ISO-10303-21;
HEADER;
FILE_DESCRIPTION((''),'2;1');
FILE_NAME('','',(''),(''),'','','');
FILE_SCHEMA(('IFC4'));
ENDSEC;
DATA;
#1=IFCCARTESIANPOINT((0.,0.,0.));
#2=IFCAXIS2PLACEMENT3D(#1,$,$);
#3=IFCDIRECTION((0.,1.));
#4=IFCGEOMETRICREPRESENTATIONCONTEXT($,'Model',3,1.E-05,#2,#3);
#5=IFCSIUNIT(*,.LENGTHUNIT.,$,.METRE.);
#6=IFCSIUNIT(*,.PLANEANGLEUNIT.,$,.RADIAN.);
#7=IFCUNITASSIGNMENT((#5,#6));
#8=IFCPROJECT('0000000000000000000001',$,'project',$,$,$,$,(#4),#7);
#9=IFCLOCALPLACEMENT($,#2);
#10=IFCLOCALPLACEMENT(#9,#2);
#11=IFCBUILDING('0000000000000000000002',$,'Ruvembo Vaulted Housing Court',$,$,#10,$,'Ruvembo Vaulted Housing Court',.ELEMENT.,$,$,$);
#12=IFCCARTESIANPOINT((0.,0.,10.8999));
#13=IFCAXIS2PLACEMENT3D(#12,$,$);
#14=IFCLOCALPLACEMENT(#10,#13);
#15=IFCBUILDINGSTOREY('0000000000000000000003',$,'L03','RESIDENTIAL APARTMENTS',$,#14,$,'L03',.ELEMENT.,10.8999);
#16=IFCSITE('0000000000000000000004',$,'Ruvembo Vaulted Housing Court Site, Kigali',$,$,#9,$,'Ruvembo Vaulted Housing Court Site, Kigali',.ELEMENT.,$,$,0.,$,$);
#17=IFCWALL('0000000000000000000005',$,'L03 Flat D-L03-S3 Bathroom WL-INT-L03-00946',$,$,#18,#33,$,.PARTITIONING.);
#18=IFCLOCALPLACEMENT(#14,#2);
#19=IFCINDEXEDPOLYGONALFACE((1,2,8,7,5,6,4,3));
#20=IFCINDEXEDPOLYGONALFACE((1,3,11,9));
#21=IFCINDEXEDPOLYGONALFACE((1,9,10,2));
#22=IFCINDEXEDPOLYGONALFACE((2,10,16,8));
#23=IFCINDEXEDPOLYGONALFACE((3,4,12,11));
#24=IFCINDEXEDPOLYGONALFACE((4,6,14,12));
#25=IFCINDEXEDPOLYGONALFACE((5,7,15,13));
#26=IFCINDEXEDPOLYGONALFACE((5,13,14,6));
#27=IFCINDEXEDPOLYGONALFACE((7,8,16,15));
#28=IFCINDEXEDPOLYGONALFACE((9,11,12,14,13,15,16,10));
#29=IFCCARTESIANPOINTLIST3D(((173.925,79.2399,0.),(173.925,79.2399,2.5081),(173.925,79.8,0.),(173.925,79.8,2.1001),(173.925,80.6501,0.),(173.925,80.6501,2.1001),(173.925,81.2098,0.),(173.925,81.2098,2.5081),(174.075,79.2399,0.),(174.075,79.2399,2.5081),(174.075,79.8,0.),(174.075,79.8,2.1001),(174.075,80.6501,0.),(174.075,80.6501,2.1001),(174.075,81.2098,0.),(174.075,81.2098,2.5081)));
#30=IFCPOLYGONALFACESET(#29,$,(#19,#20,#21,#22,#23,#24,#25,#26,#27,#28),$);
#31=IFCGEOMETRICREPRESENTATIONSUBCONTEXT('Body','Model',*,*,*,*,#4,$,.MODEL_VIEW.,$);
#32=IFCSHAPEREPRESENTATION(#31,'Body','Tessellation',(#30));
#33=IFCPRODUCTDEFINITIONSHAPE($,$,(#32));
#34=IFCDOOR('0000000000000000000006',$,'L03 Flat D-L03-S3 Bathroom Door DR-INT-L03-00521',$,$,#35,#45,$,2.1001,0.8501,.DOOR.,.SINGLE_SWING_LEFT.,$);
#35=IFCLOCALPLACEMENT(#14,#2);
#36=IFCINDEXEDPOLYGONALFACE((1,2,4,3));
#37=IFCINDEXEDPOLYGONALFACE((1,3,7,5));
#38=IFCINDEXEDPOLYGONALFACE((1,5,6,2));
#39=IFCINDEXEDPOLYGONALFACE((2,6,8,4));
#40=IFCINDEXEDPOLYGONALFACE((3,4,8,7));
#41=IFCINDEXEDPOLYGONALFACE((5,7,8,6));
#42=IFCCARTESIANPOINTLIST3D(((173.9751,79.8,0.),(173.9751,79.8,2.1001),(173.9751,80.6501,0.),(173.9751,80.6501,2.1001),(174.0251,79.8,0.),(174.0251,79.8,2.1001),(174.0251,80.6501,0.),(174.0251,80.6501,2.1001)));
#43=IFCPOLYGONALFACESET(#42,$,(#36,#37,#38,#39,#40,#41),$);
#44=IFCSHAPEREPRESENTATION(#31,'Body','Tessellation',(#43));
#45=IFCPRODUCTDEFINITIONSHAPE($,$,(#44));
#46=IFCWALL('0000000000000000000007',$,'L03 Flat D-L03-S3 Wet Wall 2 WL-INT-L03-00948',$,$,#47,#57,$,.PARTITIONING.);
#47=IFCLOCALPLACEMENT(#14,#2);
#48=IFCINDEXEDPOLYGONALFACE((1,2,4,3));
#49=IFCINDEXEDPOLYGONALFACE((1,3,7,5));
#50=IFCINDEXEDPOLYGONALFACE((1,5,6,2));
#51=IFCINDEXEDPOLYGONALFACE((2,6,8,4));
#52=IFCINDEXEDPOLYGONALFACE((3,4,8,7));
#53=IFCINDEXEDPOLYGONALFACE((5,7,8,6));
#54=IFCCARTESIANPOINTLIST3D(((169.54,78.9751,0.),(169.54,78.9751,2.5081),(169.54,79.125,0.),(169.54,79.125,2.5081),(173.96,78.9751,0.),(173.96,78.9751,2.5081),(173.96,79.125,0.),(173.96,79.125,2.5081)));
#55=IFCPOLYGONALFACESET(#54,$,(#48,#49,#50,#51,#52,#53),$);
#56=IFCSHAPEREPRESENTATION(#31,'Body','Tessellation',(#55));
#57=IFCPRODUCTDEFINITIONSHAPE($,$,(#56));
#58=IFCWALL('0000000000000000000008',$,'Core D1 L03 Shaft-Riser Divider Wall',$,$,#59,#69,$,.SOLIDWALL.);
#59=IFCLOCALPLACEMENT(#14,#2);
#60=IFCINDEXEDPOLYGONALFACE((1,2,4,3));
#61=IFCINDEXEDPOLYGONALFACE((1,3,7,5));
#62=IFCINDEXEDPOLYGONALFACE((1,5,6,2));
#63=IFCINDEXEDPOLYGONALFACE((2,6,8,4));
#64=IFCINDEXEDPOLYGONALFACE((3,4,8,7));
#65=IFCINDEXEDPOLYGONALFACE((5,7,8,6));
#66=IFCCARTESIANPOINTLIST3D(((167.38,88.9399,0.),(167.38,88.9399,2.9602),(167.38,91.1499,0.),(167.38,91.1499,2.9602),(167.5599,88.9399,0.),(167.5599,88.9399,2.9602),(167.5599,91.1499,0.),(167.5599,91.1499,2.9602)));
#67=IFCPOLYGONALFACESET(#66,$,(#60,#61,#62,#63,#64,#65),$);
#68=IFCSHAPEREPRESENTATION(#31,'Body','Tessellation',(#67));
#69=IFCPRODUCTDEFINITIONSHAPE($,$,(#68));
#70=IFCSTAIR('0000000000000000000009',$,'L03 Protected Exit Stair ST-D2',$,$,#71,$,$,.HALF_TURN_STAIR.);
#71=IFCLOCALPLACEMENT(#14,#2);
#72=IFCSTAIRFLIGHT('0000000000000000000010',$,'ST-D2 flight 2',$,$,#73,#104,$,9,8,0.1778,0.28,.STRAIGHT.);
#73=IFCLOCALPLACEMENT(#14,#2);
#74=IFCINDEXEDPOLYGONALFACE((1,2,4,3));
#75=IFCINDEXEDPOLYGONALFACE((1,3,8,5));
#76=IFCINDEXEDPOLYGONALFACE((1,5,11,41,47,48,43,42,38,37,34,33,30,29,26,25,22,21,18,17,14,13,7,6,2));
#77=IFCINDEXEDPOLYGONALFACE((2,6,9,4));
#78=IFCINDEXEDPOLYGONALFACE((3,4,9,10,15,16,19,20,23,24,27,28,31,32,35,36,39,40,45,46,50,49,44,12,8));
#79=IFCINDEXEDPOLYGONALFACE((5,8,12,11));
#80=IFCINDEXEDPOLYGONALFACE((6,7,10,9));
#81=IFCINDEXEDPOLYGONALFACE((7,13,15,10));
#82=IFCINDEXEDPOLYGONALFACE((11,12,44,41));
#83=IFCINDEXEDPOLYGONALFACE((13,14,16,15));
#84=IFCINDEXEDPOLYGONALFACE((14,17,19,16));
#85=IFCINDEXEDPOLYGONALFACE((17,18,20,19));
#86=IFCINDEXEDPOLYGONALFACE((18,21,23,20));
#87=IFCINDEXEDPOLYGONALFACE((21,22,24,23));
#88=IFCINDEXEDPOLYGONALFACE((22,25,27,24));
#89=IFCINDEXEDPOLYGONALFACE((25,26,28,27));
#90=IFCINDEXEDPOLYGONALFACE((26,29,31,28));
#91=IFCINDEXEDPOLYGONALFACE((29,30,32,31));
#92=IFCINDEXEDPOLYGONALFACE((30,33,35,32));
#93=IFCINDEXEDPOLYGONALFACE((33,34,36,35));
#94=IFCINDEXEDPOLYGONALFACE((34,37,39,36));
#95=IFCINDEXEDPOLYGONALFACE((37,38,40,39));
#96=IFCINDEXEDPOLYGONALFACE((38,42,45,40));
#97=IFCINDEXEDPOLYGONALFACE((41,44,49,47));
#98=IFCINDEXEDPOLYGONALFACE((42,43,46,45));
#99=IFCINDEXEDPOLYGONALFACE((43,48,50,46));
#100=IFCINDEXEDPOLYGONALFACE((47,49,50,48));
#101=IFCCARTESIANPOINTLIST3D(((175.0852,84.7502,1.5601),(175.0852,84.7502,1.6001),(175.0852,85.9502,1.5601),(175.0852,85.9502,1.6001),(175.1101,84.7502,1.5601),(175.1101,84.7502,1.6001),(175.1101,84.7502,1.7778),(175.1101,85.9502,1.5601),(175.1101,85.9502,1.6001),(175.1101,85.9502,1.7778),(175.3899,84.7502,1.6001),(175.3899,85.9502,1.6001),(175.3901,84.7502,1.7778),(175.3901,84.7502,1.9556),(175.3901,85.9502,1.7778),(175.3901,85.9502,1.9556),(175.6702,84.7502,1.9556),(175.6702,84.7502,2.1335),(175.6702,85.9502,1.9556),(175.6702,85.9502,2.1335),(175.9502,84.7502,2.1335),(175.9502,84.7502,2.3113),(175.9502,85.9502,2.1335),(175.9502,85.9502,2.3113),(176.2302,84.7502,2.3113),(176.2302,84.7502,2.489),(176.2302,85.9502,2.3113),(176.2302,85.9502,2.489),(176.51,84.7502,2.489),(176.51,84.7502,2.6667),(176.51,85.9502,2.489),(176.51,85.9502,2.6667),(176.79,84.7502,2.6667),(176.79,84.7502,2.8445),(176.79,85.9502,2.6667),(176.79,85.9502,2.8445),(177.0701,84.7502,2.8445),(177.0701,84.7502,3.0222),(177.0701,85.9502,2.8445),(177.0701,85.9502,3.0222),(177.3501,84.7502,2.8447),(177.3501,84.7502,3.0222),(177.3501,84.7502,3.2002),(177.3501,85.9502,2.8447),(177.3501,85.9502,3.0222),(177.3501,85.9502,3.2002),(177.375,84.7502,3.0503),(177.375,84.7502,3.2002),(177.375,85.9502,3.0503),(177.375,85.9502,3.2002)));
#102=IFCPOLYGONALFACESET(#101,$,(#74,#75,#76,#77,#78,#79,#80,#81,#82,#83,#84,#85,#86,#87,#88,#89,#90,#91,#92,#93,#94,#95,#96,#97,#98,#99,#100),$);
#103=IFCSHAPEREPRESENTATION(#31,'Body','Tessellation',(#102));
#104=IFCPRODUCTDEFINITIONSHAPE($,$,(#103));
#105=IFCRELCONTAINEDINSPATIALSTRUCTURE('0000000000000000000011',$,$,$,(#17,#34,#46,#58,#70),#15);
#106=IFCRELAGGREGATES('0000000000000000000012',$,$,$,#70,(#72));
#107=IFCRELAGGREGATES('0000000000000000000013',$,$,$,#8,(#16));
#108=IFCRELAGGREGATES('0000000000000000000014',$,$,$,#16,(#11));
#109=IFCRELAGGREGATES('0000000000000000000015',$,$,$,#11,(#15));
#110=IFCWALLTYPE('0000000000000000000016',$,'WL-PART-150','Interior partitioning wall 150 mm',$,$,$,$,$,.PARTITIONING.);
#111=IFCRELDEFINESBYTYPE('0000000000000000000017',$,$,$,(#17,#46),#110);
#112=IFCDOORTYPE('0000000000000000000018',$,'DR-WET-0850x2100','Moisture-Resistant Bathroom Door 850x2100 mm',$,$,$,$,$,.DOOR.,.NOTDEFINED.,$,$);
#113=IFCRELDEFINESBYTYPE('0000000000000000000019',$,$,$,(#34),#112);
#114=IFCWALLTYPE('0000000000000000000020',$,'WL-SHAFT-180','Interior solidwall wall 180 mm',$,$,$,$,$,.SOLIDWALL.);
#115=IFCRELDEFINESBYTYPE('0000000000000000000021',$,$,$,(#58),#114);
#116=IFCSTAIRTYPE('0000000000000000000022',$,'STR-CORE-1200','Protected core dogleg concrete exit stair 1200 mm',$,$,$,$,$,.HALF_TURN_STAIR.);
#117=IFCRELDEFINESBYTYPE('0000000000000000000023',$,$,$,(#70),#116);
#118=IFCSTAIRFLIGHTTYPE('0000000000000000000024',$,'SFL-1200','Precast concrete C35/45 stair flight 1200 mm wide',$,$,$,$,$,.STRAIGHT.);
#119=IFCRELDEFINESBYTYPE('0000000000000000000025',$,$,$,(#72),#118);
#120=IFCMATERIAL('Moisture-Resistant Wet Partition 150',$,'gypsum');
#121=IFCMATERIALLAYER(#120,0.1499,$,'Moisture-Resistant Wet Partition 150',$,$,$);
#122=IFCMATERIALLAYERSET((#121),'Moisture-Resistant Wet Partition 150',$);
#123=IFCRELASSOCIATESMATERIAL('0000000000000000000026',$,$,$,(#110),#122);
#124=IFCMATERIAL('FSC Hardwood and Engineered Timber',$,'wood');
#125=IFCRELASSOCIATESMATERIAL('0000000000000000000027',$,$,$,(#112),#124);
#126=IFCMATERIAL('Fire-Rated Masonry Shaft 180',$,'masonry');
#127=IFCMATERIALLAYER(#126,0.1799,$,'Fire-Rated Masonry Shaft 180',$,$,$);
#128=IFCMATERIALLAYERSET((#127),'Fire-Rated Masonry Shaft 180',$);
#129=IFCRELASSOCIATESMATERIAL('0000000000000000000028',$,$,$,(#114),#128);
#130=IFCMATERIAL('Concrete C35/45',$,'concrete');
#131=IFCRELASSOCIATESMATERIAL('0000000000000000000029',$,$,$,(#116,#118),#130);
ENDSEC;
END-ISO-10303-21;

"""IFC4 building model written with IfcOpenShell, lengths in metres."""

from ifc_helpers import new_model, si_unit, direction, frame, frame_2d, origin, place, context, subcontext, project, spatial, polyline, rectangle, outline, extrude, material, layer, layer_set, type_object, element, fill, aggregate, save


model = new_model("IFC4")

# Units and contexts
model_context = context("Model", 3, precision=1e-05, world=origin(), true_north=direction((0.0, 1.0)))
body_context = subcontext(model_context, "Body", "Model", "MODEL_VIEW")
ifc_project = project(units=[si_unit("LENGTHUNIT", "METRE"), si_unit("PLANEANGLEUNIT", "RADIAN")], contexts=[model_context])

# Site, building, storey
site_placement = place(None, origin())
site = spatial("IfcSite", under=ifc_project, at=site_placement, Name="Ruvembo Vaulted Housing Court Site, Kigali", LongName="Ruvembo Vaulted Housing Court Site, Kigali", CompositionType="ELEMENT", RefElevation=0.0)
building_placement = place(site_placement, origin())
building = spatial("IfcBuilding", under=site, at=building_placement, Name="Ruvembo Vaulted Housing Court", LongName="Ruvembo Vaulted Housing Court", CompositionType="ELEMENT")
storey_placement = place(building_placement, frame((0.0, 0.0, 10.8999)))
storey = spatial("IfcBuildingStorey", under=building, at=storey_placement, Name="L03", Description="RESIDENTIAL APARTMENTS", LongName="L03", CompositionType="ELEMENT", Elevation=10.8999)

# Shared definitions
ifc_material_1 = material(Name="Concrete C35/45", Category="concrete")

# Wall, opening, door
ifc_material_2 = material(Name="FSC Hardwood and Engineered Timber", Category="wood")
ifc_material_3 = material(Name="Moisture-Resistant Wet Partition 150", Category="gypsum")
ifc_layer_1 = layer(ifc_material_3, 0.1499, Name="Moisture-Resistant Wet Partition 150")
ifc_layer_set_1 = layer_set([ifc_layer_1], Name="Moisture-Resistant Wet Partition 150")
wall_type_1 = type_object("IfcWallType", Name="WL-PART-150", Description="Interior partitioning wall 150 mm", PredefinedType="PARTITIONING", material=ifc_layer_set_1)
wall_1_placement = place(storey_placement, frame((174.0, 79.24, 0.0), z_axis=(0.0, 0.0, 1.0), x_axis=(0.0, 1.0, 0.0)))
wall_1 = element("IfcWall", 1, at=wall_1_placement, inside=storey, type_object=wall_type_1, Name="L03 Flat D-L03-S3 Bathroom WL-INT-L03-00946", PredefinedType="PARTITIONING", context=body_context, shape_type="SweptSolid", body=[
    extrude(rectangle(XDim=1.97, YDim=0.1499, at=frame_2d((0.9849, 0.0))), origin(), (0.0, 0.0, 1.0), 2.5081),
])
opening_1_placement = place(wall_1_placement, frame((0.5601, 0.0, 0.0)))
opening_1 = element("IfcOpeningElement", 2, at=opening_1_placement, cuts=wall_1, PredefinedType="OPENING", context=body_context, shape_type="SweptSolid", body=[
    extrude(rectangle(XDim=0.8501, YDim=2.1001, at=frame_2d((0.425, 1.05))), frame((0.0, 0.085, 0.0), z_axis=(0.0, -1.0, 0.0), x_axis=(1.0, 0.0, 0.0)), (0.0, 0.0, 1.0), 0.1699),
])
door_type_1 = type_object("IfcDoorType", Name="DR-WET-0850x2100", Description="Moisture-Resistant Bathroom Door 850x2100 mm", OperationType="NOTDEFINED", PredefinedType="DOOR", material=ifc_material_2)
door_1_placement = place(opening_1_placement, origin())
door_1 = element("IfcDoor", 3, at=door_1_placement, inside=storey, type_object=door_type_1, Name="L03 Flat D-L03-S3 Bathroom Door DR-INT-L03-00521", OperationType="SINGLE_SWING_LEFT", OverallHeight=2.1001, OverallWidth=0.8501, PredefinedType="DOOR", context=body_context, shape_type="SweptSolid", body=[
    extrude(rectangle(XDim=0.8501, YDim=2.1001, at=frame_2d((0.425, 1.05))), frame((0.0, 0.0249, 0.0), z_axis=(0.0, -1.0, 0.0), x_axis=(1.0, 0.0, 0.0)), (0.0, 0.0, 1.0), 0.05),
])
fill(opening_1, door_1)

# Walls
wall_2_placement = place(storey_placement, frame((169.54, 79.05, 0.0), z_axis=(0.0, 0.0, 1.0), x_axis=(1.0, 0.0, 0.0)))
element("IfcWall", 4, at=wall_2_placement, inside=storey, type_object=wall_type_1, Name="L03 Flat D-L03-S3 Wet Wall 2 WL-INT-L03-00948", PredefinedType="PARTITIONING", context=body_context, shape_type="SweptSolid", body=[
    extrude(rectangle(XDim=4.4199, YDim=0.1499, at=frame_2d((2.21, 0.0))), origin(), (0.0, 0.0, 1.0), 2.5081),
])
ifc_material_4 = material(Name="Fire-Rated Masonry Shaft 180", Category="masonry")
ifc_layer_2 = layer(ifc_material_4, 0.1799, Name="Fire-Rated Masonry Shaft 180")
ifc_layer_set_2 = layer_set([ifc_layer_2], Name="Fire-Rated Masonry Shaft 180")
wall_type_2 = type_object("IfcWallType", Name="WL-SHAFT-180", Description="Interior solidwall wall 180 mm", PredefinedType="SOLIDWALL", material=ifc_layer_set_2)
wall_3_placement = place(storey_placement, frame((167.47, 88.9399, 0.0), z_axis=(0.0, 0.0, 1.0), x_axis=(0.0, 1.0, 0.0)))
element("IfcWall", 5, at=wall_3_placement, inside=storey, type_object=wall_type_2, Name="Core D1 L03 Shaft-Riser Divider Wall", PredefinedType="SOLIDWALL", context=body_context, shape_type="SweptSolid", body=[
    extrude(rectangle(XDim=2.21, YDim=0.1799, at=frame_2d((1.105, 0.0))), origin(), (0.0, 0.0, 1.0), 2.9602),
])

# Stair, stair flight
stair_type = type_object("IfcStairType", Name="STR-CORE-1200", Description="Protected core dogleg concrete exit stair 1200 mm", PredefinedType="HALF_TURN_STAIR", material=ifc_material_1)
stair_placement = place(storey_placement, origin())
stair = element("IfcStair", 6, at=stair_placement, inside=storey, type_object=stair_type, Name="L03 Protected Exit Stair ST-D2", PredefinedType="HALF_TURN_STAIR")
stair_flight_type = type_object("IfcStairFlightType", Name="SFL-1200", Description="Precast concrete C35/45 stair flight 1200 mm wide", PredefinedType="STRAIGHT", material=ifc_material_1)
stair_flight_placement = place(storey_placement, frame((175.1101, 85.3501, 1.6001), z_axis=(0.0, 0.0, 1.0), x_axis=(1.0, 0.0, 0.0)))
stair_flight = element("IfcStairFlight", 7, at=stair_flight_placement, type_object=stair_flight_type, Name="ST-D2 flight 2", NumberOfRisers=9, NumberOfTreads=8, PredefinedType="STRAIGHT", RiserHeight=0.1778, TreadLength=0.28, context=body_context, shape_type="SweptSolid", body=[
    extrude(outline(polyline([(-0.0249, -0.04), (-0.0249, 0.0), (0.0, 0.0), (0.0, 0.1777), (0.28, 0.1777), (0.28, 0.3555), (0.5601, 0.3555), (0.5601, 0.5334), (0.8401, 0.5334), (0.8401, 0.7112), (1.1201, 0.7112), (1.1201, 0.8889), (1.3999, 0.8889), (1.3999, 1.0667), (1.6799, 1.0667), (1.6799, 1.2444), (1.96, 1.2444), (1.96, 1.4221), (2.24, 1.4221), (2.24, 1.6001), (2.2649, 1.6001), (2.2649, 1.4502), (2.24, 1.2446), (0.2798, 0.0), (0.0, -0.04), (-0.0249, -0.04)])), frame((0.0, 0.6001, 0.0), z_axis=(0.0, -1.0, 0.0), x_axis=(1.0, 0.0, 0.0)), (0.0, 0.0, 1.0), 1.2),
])
aggregate(stair, [stair_flight])

save(model, "model.ifc")
